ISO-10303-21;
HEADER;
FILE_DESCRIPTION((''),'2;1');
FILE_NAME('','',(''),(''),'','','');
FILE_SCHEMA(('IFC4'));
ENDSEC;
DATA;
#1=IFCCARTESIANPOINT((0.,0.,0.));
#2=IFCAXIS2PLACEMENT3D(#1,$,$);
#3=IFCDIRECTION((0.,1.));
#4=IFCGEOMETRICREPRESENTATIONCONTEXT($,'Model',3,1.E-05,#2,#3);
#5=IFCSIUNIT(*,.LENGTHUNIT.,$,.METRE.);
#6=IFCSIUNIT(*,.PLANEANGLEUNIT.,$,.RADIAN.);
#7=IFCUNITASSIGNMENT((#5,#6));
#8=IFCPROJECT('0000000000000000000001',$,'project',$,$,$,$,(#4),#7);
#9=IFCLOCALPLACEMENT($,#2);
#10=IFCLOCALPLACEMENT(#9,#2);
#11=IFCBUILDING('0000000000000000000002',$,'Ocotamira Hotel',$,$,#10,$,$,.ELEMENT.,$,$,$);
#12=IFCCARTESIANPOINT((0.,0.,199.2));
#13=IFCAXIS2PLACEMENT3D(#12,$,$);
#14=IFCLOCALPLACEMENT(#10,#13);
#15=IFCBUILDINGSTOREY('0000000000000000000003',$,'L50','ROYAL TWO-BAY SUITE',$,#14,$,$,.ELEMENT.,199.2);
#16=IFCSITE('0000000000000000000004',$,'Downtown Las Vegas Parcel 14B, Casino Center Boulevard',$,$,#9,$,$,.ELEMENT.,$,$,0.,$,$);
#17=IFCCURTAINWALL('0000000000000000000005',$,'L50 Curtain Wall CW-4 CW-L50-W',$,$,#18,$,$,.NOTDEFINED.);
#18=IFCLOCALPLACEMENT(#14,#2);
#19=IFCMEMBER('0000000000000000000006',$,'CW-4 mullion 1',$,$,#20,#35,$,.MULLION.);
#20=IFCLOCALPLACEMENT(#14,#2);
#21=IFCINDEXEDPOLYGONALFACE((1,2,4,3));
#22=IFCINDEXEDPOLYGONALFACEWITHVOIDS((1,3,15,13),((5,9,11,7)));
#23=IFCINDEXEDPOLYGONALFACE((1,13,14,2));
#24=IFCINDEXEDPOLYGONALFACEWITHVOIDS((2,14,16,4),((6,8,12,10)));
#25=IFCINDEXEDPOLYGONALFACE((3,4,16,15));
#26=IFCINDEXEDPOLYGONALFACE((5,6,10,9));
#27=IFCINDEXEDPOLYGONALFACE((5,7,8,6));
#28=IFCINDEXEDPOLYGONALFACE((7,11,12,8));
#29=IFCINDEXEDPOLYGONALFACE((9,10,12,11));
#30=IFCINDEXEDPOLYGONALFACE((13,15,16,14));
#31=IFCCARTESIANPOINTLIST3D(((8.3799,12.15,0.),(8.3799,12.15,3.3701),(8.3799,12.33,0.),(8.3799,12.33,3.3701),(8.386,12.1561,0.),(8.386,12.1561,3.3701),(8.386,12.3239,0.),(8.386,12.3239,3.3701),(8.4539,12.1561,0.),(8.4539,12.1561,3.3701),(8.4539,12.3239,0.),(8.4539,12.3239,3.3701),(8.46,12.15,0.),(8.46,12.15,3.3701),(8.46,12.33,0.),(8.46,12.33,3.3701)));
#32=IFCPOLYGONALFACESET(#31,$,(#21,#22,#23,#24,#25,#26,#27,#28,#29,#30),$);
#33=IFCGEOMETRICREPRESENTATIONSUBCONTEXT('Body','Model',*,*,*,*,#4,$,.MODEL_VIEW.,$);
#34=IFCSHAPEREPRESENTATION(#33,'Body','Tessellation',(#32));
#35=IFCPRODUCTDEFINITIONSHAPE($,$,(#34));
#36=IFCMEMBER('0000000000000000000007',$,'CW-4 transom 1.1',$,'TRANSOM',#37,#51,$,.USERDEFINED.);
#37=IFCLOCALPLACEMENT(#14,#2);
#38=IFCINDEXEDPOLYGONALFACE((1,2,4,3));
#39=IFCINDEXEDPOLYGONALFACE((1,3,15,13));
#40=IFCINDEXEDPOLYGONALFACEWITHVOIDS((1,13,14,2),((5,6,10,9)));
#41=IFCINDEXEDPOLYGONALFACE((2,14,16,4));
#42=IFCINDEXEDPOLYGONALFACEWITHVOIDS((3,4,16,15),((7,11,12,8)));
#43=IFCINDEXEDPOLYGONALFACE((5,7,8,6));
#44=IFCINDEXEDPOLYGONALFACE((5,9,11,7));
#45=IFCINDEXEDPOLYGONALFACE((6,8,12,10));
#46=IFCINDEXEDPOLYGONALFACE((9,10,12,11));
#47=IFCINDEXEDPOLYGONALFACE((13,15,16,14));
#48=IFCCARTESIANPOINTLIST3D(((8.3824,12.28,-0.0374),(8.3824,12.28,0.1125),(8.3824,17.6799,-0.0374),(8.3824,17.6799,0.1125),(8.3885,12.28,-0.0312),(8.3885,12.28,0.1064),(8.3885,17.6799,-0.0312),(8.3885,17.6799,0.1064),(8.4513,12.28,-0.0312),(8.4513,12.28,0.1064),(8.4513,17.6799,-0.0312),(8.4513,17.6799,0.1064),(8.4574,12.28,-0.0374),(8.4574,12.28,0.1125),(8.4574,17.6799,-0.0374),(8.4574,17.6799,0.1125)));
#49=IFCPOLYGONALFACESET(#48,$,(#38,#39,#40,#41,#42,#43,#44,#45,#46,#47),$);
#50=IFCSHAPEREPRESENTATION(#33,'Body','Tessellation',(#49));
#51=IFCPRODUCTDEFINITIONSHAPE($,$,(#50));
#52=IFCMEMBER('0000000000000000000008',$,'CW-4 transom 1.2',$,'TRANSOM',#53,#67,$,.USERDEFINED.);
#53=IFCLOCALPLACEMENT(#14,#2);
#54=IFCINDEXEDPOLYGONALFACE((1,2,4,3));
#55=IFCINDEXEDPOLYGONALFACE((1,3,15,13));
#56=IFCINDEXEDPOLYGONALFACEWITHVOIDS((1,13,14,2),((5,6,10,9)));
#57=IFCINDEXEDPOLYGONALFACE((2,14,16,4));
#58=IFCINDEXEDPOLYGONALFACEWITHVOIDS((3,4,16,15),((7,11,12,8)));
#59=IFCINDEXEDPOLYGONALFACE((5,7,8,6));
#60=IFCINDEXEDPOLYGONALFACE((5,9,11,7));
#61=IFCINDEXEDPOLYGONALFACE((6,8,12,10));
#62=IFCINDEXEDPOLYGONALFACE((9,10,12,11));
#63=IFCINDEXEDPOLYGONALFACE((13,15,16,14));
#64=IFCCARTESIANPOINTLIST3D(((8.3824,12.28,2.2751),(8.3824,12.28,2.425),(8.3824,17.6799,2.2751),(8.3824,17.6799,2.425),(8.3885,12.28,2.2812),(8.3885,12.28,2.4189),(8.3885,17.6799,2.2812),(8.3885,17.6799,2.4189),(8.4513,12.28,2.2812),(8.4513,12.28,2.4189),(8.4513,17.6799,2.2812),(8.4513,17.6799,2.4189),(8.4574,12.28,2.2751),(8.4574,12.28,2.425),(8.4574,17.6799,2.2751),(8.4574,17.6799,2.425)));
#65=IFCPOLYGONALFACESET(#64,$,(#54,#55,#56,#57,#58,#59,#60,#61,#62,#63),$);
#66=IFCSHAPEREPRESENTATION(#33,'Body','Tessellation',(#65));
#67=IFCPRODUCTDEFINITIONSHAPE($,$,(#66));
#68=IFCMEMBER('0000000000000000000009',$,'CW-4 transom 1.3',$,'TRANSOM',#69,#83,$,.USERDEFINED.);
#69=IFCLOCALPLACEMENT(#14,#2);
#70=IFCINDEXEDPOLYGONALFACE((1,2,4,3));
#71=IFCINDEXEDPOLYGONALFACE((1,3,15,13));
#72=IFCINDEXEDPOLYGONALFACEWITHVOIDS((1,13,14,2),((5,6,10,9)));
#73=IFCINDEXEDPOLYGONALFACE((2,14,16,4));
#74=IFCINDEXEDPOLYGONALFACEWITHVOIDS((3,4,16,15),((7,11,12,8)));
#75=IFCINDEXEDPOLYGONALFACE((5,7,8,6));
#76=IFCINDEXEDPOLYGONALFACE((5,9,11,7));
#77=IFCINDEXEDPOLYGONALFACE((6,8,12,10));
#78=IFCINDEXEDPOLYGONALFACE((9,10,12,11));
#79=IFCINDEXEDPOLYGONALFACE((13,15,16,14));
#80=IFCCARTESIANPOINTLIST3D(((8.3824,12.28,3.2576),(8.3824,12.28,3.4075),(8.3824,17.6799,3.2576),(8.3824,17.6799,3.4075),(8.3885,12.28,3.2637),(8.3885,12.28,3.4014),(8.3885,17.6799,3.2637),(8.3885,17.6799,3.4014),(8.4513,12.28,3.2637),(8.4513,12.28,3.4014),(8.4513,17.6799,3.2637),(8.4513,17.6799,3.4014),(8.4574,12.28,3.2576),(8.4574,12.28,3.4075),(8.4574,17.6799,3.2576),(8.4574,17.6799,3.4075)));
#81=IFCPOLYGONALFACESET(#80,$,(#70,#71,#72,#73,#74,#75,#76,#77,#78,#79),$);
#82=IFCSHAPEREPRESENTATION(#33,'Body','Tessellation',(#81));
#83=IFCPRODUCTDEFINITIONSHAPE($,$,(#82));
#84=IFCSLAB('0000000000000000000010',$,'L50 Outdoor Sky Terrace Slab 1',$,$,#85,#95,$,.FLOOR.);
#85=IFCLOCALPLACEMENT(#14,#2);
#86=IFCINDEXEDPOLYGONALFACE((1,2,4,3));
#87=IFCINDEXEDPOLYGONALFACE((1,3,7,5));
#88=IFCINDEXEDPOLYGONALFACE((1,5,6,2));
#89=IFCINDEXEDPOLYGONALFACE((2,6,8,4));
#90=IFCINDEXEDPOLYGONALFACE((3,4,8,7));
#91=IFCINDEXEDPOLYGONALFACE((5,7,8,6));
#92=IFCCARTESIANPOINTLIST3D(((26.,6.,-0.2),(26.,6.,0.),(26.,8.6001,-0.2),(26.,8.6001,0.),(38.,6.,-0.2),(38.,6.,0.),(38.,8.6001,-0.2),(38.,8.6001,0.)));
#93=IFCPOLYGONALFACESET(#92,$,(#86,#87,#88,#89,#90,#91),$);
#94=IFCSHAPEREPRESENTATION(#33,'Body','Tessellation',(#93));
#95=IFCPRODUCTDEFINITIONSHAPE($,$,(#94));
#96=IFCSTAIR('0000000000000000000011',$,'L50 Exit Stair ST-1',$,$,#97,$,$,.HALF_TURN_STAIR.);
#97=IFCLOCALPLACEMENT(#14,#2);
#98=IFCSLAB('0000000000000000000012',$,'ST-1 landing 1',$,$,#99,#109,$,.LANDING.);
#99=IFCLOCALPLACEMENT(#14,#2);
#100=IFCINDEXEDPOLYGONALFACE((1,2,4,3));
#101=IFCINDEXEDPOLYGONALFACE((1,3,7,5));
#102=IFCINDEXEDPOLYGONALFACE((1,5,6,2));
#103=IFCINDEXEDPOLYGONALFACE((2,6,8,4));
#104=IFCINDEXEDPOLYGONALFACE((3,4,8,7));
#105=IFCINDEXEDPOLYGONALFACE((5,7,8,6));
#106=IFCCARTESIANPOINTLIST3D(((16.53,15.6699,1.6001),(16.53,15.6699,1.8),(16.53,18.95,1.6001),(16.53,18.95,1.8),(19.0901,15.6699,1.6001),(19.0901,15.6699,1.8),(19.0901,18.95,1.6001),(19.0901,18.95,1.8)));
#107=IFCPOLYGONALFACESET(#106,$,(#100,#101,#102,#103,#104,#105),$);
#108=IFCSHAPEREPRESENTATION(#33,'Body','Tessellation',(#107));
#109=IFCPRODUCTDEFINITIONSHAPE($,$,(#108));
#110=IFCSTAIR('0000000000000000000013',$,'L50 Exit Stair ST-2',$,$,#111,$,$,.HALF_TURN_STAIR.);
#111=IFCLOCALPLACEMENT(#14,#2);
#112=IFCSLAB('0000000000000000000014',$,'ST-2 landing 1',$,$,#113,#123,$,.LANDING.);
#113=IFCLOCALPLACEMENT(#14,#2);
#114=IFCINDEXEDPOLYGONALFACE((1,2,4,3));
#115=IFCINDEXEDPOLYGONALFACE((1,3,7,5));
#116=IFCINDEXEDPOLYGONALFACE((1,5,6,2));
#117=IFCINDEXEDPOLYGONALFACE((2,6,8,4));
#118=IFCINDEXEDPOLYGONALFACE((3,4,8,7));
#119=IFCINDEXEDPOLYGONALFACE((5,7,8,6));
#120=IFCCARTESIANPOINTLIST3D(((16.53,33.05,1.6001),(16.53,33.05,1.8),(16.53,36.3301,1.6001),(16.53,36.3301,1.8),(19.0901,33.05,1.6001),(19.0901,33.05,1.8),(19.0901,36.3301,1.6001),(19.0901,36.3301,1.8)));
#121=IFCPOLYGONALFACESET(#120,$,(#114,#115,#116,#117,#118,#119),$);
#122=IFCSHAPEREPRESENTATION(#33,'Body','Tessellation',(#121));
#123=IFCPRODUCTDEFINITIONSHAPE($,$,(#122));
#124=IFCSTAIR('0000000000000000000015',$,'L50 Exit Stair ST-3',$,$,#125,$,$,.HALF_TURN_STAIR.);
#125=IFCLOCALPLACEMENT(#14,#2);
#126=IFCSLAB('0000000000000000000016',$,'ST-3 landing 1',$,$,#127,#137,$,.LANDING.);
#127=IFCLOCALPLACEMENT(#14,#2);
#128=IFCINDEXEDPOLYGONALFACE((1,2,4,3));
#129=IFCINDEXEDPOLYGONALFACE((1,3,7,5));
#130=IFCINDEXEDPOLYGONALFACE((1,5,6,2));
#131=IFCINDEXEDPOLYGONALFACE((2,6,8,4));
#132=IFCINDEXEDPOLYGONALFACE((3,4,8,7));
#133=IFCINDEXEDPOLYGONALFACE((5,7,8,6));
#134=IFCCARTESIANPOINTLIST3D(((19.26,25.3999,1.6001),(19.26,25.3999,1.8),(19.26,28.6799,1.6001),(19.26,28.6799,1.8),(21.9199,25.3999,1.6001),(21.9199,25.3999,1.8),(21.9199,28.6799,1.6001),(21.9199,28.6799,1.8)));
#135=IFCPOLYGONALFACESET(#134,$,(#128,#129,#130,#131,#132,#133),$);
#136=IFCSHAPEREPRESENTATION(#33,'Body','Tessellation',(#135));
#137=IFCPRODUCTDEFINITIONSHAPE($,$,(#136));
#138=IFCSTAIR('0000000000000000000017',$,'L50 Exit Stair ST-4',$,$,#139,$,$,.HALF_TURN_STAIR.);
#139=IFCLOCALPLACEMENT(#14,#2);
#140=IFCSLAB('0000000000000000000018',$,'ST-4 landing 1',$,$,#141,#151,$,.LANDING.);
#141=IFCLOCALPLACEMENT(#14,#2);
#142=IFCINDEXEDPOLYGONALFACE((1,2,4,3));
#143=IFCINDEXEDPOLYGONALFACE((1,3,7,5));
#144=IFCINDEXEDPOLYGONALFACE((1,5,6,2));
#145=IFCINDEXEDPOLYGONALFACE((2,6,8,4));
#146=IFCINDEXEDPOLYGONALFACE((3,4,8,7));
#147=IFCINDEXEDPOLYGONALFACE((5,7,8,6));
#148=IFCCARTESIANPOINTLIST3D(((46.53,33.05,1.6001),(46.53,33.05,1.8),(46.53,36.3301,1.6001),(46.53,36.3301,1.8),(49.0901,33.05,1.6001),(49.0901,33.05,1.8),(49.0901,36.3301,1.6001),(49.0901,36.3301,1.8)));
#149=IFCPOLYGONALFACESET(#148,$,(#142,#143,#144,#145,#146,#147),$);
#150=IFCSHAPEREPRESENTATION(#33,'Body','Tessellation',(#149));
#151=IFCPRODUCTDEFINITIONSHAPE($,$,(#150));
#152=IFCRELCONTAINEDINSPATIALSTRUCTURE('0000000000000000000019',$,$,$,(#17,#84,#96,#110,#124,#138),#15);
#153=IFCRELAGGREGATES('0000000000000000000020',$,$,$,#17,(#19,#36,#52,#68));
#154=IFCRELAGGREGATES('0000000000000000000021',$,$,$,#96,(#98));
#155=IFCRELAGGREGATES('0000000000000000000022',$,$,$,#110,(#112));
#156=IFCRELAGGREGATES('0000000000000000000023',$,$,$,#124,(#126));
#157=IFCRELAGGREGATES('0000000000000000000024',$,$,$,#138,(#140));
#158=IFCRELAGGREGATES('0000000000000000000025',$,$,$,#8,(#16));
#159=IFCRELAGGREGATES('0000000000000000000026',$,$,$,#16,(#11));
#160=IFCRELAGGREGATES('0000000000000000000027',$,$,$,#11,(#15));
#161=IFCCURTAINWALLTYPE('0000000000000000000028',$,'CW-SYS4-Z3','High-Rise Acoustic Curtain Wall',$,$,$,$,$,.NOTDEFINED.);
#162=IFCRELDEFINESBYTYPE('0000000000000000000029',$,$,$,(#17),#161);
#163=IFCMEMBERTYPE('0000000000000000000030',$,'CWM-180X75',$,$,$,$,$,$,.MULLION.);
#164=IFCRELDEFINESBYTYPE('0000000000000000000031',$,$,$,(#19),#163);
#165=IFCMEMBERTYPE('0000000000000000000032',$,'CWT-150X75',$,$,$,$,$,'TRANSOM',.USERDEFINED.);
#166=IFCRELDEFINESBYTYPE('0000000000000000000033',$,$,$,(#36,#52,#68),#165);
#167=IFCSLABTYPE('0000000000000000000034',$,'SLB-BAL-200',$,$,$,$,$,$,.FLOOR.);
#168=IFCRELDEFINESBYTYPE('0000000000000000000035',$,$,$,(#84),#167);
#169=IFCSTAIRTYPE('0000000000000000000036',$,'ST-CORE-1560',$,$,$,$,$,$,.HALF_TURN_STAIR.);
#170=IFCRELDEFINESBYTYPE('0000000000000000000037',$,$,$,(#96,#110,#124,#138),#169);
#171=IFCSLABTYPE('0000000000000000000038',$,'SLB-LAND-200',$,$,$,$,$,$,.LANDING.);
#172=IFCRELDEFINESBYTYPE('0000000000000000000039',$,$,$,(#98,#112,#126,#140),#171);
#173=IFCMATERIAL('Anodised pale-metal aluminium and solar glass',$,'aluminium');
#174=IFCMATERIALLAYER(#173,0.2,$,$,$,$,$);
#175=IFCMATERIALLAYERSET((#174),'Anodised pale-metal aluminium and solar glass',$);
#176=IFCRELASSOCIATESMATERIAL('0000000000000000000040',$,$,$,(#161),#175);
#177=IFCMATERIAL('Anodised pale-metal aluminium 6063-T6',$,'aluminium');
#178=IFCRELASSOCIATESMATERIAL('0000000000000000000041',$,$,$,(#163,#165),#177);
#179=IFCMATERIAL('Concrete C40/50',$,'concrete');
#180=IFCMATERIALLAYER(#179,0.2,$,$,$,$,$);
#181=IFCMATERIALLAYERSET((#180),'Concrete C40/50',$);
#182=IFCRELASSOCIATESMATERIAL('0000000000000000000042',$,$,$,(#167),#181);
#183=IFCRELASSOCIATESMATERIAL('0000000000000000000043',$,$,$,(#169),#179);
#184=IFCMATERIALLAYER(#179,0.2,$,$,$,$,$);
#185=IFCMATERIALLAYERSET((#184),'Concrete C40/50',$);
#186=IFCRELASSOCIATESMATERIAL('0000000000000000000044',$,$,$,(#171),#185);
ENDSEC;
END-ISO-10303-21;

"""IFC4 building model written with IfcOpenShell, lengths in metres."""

from ifc_helpers import new_model, si_unit, direction, frame, origin, origin_2d, place, context, subcontext, project, spatial, polyline, hollow_rectangle, outline, extrude, source, transform, mapped, material, layer, layer_set, material_profile, profile_set, type_object, element, aggregate, save


model = new_model("IFC4")

# Units and contexts
model_context = context("Model", 3, precision=1e-05, world=origin(), true_north=direction((0.0, 1.0)))
body_context = subcontext(model_context, "Body", "Model", "MODEL_VIEW")
ifc_project = project(units=[si_unit("LENGTHUNIT", "METRE"), si_unit("PLANEANGLEUNIT", "RADIAN")], contexts=[model_context])

# Site, building, storey
site_placement = place(None, origin())
site = spatial("IfcSite", under=ifc_project, at=site_placement, Name="Downtown Las Vegas Parcel 14B, Casino Center Boulevard", CompositionType="ELEMENT", RefElevation=0.0)
building_placement = place(site_placement, origin())
building = spatial("IfcBuilding", under=site, at=building_placement, Name="Ocotamira Hotel", CompositionType="ELEMENT")
storey_placement = place(building_placement, frame((0.0, 0.0, 199.2)))
storey = spatial("IfcBuildingStorey", under=building, at=storey_placement, Name="L50", Description="ROYAL TWO-BAY SUITE", CompositionType="ELEMENT", Elevation=199.2)

# Curtain wall, members
ifc_material_1 = material(Name="Anodised pale-metal aluminium and solar glass", Category="aluminium")
ifc_layer_1 = layer(ifc_material_1, 0.2)
ifc_layer_set_1 = layer_set([ifc_layer_1], Name="Anodised pale-metal aluminium and solar glass")
curtain_wall_type = type_object("IfcCurtainWallType", Name="CW-SYS4-Z3", Description="High-Rise Acoustic Curtain Wall", PredefinedType="NOTDEFINED", material=ifc_layer_set_1)
curtain_wall_placement = place(storey_placement, origin())
curtain_wall = element("IfcCurtainWall", 1, at=curtain_wall_placement, inside=storey, type_object=curtain_wall_type, Name="L50 Curtain Wall CW-4 CW-L50-W", PredefinedType="NOTDEFINED")
ifc_material_2 = material(Name="Anodised pale-metal aluminium 6063-T6", Category="aluminium")
ifc_material_profile_1 = material_profile(ifc_material_2, hollow_rectangle(XDim=0.0801, YDim=0.1799, WallThickness=0.0061, at=origin_2d()), Name="HSS180X80X6")
ifc_profile_set_1 = profile_set([ifc_material_profile_1], Name="Anodised pale-metal aluminium 6063-T6")
member_type_1 = type_object("IfcMemberType", Name="CWM-180X75", PredefinedType="MULLION", material=ifc_profile_set_1)
shared_shape_1 = source(origin(), body_context, "Body", "SweptSolid", [
    extrude(hollow_rectangle(XDim=0.0801, YDim=0.1799, WallThickness=0.0061, at=origin_2d()), origin(), (0.0, 0.0, 1.0), 3.3701),
])
member_1_placement = place(storey_placement, frame((8.4199, 12.24, 0.0), z_axis=(0.0, 0.0, 1.0), x_axis=(-1.0, 0.0, 0.0)))
member_1 = element("IfcMember", 2, at=member_1_placement, type_object=member_type_1, Name="CW-4 mullion 1", PredefinedType="MULLION", context=body_context, shape_type="MappedRepresentation", body=[
    mapped(shared_shape_1, transform((0.0, 0.0, 0.0), scale=1.0)),
])
ifc_material_profile_2 = material_profile(ifc_material_2, hollow_rectangle(XDim=0.075, YDim=0.1499, WallThickness=0.0061, at=origin_2d()), Name="HSS150X75X6")
ifc_profile_set_2 = profile_set([ifc_material_profile_2], Name="Anodised pale-metal aluminium 6063-T6")
member_type_2 = type_object("IfcMemberType", Name="CWT-150X75", ElementType="TRANSOM", PredefinedType="USERDEFINED", material=ifc_profile_set_2)
shared_shape_2 = source(origin(), body_context, "Body", "SweptSolid", [
    extrude(hollow_rectangle(XDim=0.075, YDim=0.1499, WallThickness=0.0061, at=origin_2d()), origin(), (0.0, 0.0, 1.0), 5.3999),
])
member_2_placement = place(storey_placement, frame((8.4199, 12.28, 0.0376), z_axis=(0.0, 1.0, 0.0), x_axis=(-1.0, 0.0, 0.0)))
member_2 = element("IfcMember", 3, at=member_2_placement, type_object=member_type_2, Name="CW-4 transom 1.1", ObjectType="TRANSOM", PredefinedType="USERDEFINED", context=body_context, shape_type="MappedRepresentation", body=[
    mapped(shared_shape_2, transform((0.0, 0.0, 0.0), scale=1.0)),
])
member_3_placement = place(storey_placement, frame((8.4199, 12.28, 2.3501), z_axis=(0.0, 1.0, 0.0), x_axis=(-1.0, 0.0, 0.0)))
member_3 = element("IfcMember", 4, at=member_3_placement, type_object=member_type_2, Name="CW-4 transom 1.2", ObjectType="TRANSOM", PredefinedType="USERDEFINED", context=body_context, shape_type="MappedRepresentation", body=[
    mapped(shared_shape_2, transform((0.0, 0.0, 0.0), scale=1.0)),
])
member_4_placement = place(storey_placement, frame((8.4199, 12.28, 3.3325), z_axis=(0.0, 1.0, 0.0), x_axis=(-1.0, 0.0, 0.0)))
member_4 = element("IfcMember", 5, at=member_4_placement, type_object=member_type_2, Name="CW-4 transom 1.3", ObjectType="TRANSOM", PredefinedType="USERDEFINED", context=body_context, shape_type="MappedRepresentation", body=[
    mapped(shared_shape_2, transform((0.0, 0.0, 0.0), scale=1.0)),
])
aggregate(curtain_wall, [member_1, member_2, member_3, member_4])

# Slab
ifc_material_3 = material(Name="Concrete C40/50", Category="concrete")
ifc_layer_2 = layer(ifc_material_3, 0.2)
ifc_layer_set_2 = layer_set([ifc_layer_2], Name="Concrete C40/50")
slab_type_1 = type_object("IfcSlabType", Name="SLB-BAL-200", PredefinedType="FLOOR", material=ifc_layer_set_2)
slab_1_placement = place(storey_placement, frame((0.0, 0.0, -0.2)))
element("IfcSlab", 6, at=slab_1_placement, inside=storey, type_object=slab_type_1, Name="L50 Outdoor Sky Terrace Slab 1", PredefinedType="FLOOR", context=body_context, shape_type="SweptSolid", body=[
    extrude(outline(polyline([(26.0, 6.0), (38.0, 6.0), (38.0, 8.6001), (26.0, 8.6001), (26.0, 6.0)])), origin(), (0.0, 0.0, 1.0), 0.2),
])

# Stairs, slabs
stair_type = type_object("IfcStairType", Name="ST-CORE-1560", PredefinedType="HALF_TURN_STAIR", material=ifc_material_3)
stair_1_placement = place(storey_placement, origin())
stair_1 = element("IfcStair", 7, at=stair_1_placement, inside=storey, type_object=stair_type, Name="L50 Exit Stair ST-1", PredefinedType="HALF_TURN_STAIR")
ifc_layer_3 = layer(ifc_material_3, 0.2)
ifc_layer_set_3 = layer_set([ifc_layer_3], Name="Concrete C40/50")
slab_type_2 = type_object("IfcSlabType", Name="SLB-LAND-200", PredefinedType="LANDING", material=ifc_layer_set_3)
slab_2_placement = place(storey_placement, frame((0.0, 0.0, 1.6001)))
slab_2 = element("IfcSlab", 8, at=slab_2_placement, type_object=slab_type_2, Name="ST-1 landing 1", PredefinedType="LANDING", context=body_context, shape_type="SweptSolid", body=[
    extrude(outline(polyline([(16.53, 15.6699), (19.0901, 15.6699), (19.0901, 18.95), (16.53, 18.95), (16.53, 15.6699)])), origin(), (0.0, 0.0, 1.0), 0.2),
])
aggregate(stair_1, [slab_2])
stair_2_placement = place(storey_placement, origin())
stair_2 = element("IfcStair", 9, at=stair_2_placement, inside=storey, type_object=stair_type, Name="L50 Exit Stair ST-2", PredefinedType="HALF_TURN_STAIR")
slab_3_placement = place(storey_placement, frame((0.0, 0.0, 1.6001)))
slab_3 = element("IfcSlab", 10, at=slab_3_placement, type_object=slab_type_2, Name="ST-2 landing 1", PredefinedType="LANDING", context=body_context, shape_type="SweptSolid", body=[
    extrude(outline(polyline([(16.53, 33.05), (19.0901, 33.05), (19.0901, 36.3301), (16.53, 36.3301), (16.53, 33.05)])), origin(), (0.0, 0.0, 1.0), 0.2),
])
aggregate(stair_2, [slab_3])
stair_3_placement = place(storey_placement, origin())
stair_3 = element("IfcStair", 11, at=stair_3_placement, inside=storey, type_object=stair_type, Name="L50 Exit Stair ST-3", PredefinedType="HALF_TURN_STAIR")
slab_4_placement = place(storey_placement, frame((0.0, 0.0, 1.6001)))
slab_4 = element("IfcSlab", 12, at=slab_4_placement, type_object=slab_type_2, Name="ST-3 landing 1", PredefinedType="LANDING", context=body_context, shape_type="SweptSolid", body=[
    extrude(outline(polyline([(19.26, 25.3999), (21.9199, 25.3999), (21.9199, 28.6799), (19.26, 28.6799), (19.26, 25.3999)])), origin(), (0.0, 0.0, 1.0), 0.2),
])
aggregate(stair_3, [slab_4])
stair_4_placement = place(storey_placement, origin())
stair_4 = element("IfcStair", 13, at=stair_4_placement, inside=storey, type_object=stair_type, Name="L50 Exit Stair ST-4", PredefinedType="HALF_TURN_STAIR")
slab_5_placement = place(storey_placement, frame((0.0, 0.0, 1.6001)))
slab_5 = element("IfcSlab", 14, at=slab_5_placement, type_object=slab_type_2, Name="ST-4 landing 1", PredefinedType="LANDING", context=body_context, shape_type="SweptSolid", body=[
    extrude(outline(polyline([(46.53, 33.05), (49.0901, 33.05), (49.0901, 36.3301), (46.53, 36.3301), (46.53, 33.05)])), origin(), (0.0, 0.0, 1.0), 0.2),
])
aggregate(stair_4, [slab_5])

save(model, "model.ifc")
